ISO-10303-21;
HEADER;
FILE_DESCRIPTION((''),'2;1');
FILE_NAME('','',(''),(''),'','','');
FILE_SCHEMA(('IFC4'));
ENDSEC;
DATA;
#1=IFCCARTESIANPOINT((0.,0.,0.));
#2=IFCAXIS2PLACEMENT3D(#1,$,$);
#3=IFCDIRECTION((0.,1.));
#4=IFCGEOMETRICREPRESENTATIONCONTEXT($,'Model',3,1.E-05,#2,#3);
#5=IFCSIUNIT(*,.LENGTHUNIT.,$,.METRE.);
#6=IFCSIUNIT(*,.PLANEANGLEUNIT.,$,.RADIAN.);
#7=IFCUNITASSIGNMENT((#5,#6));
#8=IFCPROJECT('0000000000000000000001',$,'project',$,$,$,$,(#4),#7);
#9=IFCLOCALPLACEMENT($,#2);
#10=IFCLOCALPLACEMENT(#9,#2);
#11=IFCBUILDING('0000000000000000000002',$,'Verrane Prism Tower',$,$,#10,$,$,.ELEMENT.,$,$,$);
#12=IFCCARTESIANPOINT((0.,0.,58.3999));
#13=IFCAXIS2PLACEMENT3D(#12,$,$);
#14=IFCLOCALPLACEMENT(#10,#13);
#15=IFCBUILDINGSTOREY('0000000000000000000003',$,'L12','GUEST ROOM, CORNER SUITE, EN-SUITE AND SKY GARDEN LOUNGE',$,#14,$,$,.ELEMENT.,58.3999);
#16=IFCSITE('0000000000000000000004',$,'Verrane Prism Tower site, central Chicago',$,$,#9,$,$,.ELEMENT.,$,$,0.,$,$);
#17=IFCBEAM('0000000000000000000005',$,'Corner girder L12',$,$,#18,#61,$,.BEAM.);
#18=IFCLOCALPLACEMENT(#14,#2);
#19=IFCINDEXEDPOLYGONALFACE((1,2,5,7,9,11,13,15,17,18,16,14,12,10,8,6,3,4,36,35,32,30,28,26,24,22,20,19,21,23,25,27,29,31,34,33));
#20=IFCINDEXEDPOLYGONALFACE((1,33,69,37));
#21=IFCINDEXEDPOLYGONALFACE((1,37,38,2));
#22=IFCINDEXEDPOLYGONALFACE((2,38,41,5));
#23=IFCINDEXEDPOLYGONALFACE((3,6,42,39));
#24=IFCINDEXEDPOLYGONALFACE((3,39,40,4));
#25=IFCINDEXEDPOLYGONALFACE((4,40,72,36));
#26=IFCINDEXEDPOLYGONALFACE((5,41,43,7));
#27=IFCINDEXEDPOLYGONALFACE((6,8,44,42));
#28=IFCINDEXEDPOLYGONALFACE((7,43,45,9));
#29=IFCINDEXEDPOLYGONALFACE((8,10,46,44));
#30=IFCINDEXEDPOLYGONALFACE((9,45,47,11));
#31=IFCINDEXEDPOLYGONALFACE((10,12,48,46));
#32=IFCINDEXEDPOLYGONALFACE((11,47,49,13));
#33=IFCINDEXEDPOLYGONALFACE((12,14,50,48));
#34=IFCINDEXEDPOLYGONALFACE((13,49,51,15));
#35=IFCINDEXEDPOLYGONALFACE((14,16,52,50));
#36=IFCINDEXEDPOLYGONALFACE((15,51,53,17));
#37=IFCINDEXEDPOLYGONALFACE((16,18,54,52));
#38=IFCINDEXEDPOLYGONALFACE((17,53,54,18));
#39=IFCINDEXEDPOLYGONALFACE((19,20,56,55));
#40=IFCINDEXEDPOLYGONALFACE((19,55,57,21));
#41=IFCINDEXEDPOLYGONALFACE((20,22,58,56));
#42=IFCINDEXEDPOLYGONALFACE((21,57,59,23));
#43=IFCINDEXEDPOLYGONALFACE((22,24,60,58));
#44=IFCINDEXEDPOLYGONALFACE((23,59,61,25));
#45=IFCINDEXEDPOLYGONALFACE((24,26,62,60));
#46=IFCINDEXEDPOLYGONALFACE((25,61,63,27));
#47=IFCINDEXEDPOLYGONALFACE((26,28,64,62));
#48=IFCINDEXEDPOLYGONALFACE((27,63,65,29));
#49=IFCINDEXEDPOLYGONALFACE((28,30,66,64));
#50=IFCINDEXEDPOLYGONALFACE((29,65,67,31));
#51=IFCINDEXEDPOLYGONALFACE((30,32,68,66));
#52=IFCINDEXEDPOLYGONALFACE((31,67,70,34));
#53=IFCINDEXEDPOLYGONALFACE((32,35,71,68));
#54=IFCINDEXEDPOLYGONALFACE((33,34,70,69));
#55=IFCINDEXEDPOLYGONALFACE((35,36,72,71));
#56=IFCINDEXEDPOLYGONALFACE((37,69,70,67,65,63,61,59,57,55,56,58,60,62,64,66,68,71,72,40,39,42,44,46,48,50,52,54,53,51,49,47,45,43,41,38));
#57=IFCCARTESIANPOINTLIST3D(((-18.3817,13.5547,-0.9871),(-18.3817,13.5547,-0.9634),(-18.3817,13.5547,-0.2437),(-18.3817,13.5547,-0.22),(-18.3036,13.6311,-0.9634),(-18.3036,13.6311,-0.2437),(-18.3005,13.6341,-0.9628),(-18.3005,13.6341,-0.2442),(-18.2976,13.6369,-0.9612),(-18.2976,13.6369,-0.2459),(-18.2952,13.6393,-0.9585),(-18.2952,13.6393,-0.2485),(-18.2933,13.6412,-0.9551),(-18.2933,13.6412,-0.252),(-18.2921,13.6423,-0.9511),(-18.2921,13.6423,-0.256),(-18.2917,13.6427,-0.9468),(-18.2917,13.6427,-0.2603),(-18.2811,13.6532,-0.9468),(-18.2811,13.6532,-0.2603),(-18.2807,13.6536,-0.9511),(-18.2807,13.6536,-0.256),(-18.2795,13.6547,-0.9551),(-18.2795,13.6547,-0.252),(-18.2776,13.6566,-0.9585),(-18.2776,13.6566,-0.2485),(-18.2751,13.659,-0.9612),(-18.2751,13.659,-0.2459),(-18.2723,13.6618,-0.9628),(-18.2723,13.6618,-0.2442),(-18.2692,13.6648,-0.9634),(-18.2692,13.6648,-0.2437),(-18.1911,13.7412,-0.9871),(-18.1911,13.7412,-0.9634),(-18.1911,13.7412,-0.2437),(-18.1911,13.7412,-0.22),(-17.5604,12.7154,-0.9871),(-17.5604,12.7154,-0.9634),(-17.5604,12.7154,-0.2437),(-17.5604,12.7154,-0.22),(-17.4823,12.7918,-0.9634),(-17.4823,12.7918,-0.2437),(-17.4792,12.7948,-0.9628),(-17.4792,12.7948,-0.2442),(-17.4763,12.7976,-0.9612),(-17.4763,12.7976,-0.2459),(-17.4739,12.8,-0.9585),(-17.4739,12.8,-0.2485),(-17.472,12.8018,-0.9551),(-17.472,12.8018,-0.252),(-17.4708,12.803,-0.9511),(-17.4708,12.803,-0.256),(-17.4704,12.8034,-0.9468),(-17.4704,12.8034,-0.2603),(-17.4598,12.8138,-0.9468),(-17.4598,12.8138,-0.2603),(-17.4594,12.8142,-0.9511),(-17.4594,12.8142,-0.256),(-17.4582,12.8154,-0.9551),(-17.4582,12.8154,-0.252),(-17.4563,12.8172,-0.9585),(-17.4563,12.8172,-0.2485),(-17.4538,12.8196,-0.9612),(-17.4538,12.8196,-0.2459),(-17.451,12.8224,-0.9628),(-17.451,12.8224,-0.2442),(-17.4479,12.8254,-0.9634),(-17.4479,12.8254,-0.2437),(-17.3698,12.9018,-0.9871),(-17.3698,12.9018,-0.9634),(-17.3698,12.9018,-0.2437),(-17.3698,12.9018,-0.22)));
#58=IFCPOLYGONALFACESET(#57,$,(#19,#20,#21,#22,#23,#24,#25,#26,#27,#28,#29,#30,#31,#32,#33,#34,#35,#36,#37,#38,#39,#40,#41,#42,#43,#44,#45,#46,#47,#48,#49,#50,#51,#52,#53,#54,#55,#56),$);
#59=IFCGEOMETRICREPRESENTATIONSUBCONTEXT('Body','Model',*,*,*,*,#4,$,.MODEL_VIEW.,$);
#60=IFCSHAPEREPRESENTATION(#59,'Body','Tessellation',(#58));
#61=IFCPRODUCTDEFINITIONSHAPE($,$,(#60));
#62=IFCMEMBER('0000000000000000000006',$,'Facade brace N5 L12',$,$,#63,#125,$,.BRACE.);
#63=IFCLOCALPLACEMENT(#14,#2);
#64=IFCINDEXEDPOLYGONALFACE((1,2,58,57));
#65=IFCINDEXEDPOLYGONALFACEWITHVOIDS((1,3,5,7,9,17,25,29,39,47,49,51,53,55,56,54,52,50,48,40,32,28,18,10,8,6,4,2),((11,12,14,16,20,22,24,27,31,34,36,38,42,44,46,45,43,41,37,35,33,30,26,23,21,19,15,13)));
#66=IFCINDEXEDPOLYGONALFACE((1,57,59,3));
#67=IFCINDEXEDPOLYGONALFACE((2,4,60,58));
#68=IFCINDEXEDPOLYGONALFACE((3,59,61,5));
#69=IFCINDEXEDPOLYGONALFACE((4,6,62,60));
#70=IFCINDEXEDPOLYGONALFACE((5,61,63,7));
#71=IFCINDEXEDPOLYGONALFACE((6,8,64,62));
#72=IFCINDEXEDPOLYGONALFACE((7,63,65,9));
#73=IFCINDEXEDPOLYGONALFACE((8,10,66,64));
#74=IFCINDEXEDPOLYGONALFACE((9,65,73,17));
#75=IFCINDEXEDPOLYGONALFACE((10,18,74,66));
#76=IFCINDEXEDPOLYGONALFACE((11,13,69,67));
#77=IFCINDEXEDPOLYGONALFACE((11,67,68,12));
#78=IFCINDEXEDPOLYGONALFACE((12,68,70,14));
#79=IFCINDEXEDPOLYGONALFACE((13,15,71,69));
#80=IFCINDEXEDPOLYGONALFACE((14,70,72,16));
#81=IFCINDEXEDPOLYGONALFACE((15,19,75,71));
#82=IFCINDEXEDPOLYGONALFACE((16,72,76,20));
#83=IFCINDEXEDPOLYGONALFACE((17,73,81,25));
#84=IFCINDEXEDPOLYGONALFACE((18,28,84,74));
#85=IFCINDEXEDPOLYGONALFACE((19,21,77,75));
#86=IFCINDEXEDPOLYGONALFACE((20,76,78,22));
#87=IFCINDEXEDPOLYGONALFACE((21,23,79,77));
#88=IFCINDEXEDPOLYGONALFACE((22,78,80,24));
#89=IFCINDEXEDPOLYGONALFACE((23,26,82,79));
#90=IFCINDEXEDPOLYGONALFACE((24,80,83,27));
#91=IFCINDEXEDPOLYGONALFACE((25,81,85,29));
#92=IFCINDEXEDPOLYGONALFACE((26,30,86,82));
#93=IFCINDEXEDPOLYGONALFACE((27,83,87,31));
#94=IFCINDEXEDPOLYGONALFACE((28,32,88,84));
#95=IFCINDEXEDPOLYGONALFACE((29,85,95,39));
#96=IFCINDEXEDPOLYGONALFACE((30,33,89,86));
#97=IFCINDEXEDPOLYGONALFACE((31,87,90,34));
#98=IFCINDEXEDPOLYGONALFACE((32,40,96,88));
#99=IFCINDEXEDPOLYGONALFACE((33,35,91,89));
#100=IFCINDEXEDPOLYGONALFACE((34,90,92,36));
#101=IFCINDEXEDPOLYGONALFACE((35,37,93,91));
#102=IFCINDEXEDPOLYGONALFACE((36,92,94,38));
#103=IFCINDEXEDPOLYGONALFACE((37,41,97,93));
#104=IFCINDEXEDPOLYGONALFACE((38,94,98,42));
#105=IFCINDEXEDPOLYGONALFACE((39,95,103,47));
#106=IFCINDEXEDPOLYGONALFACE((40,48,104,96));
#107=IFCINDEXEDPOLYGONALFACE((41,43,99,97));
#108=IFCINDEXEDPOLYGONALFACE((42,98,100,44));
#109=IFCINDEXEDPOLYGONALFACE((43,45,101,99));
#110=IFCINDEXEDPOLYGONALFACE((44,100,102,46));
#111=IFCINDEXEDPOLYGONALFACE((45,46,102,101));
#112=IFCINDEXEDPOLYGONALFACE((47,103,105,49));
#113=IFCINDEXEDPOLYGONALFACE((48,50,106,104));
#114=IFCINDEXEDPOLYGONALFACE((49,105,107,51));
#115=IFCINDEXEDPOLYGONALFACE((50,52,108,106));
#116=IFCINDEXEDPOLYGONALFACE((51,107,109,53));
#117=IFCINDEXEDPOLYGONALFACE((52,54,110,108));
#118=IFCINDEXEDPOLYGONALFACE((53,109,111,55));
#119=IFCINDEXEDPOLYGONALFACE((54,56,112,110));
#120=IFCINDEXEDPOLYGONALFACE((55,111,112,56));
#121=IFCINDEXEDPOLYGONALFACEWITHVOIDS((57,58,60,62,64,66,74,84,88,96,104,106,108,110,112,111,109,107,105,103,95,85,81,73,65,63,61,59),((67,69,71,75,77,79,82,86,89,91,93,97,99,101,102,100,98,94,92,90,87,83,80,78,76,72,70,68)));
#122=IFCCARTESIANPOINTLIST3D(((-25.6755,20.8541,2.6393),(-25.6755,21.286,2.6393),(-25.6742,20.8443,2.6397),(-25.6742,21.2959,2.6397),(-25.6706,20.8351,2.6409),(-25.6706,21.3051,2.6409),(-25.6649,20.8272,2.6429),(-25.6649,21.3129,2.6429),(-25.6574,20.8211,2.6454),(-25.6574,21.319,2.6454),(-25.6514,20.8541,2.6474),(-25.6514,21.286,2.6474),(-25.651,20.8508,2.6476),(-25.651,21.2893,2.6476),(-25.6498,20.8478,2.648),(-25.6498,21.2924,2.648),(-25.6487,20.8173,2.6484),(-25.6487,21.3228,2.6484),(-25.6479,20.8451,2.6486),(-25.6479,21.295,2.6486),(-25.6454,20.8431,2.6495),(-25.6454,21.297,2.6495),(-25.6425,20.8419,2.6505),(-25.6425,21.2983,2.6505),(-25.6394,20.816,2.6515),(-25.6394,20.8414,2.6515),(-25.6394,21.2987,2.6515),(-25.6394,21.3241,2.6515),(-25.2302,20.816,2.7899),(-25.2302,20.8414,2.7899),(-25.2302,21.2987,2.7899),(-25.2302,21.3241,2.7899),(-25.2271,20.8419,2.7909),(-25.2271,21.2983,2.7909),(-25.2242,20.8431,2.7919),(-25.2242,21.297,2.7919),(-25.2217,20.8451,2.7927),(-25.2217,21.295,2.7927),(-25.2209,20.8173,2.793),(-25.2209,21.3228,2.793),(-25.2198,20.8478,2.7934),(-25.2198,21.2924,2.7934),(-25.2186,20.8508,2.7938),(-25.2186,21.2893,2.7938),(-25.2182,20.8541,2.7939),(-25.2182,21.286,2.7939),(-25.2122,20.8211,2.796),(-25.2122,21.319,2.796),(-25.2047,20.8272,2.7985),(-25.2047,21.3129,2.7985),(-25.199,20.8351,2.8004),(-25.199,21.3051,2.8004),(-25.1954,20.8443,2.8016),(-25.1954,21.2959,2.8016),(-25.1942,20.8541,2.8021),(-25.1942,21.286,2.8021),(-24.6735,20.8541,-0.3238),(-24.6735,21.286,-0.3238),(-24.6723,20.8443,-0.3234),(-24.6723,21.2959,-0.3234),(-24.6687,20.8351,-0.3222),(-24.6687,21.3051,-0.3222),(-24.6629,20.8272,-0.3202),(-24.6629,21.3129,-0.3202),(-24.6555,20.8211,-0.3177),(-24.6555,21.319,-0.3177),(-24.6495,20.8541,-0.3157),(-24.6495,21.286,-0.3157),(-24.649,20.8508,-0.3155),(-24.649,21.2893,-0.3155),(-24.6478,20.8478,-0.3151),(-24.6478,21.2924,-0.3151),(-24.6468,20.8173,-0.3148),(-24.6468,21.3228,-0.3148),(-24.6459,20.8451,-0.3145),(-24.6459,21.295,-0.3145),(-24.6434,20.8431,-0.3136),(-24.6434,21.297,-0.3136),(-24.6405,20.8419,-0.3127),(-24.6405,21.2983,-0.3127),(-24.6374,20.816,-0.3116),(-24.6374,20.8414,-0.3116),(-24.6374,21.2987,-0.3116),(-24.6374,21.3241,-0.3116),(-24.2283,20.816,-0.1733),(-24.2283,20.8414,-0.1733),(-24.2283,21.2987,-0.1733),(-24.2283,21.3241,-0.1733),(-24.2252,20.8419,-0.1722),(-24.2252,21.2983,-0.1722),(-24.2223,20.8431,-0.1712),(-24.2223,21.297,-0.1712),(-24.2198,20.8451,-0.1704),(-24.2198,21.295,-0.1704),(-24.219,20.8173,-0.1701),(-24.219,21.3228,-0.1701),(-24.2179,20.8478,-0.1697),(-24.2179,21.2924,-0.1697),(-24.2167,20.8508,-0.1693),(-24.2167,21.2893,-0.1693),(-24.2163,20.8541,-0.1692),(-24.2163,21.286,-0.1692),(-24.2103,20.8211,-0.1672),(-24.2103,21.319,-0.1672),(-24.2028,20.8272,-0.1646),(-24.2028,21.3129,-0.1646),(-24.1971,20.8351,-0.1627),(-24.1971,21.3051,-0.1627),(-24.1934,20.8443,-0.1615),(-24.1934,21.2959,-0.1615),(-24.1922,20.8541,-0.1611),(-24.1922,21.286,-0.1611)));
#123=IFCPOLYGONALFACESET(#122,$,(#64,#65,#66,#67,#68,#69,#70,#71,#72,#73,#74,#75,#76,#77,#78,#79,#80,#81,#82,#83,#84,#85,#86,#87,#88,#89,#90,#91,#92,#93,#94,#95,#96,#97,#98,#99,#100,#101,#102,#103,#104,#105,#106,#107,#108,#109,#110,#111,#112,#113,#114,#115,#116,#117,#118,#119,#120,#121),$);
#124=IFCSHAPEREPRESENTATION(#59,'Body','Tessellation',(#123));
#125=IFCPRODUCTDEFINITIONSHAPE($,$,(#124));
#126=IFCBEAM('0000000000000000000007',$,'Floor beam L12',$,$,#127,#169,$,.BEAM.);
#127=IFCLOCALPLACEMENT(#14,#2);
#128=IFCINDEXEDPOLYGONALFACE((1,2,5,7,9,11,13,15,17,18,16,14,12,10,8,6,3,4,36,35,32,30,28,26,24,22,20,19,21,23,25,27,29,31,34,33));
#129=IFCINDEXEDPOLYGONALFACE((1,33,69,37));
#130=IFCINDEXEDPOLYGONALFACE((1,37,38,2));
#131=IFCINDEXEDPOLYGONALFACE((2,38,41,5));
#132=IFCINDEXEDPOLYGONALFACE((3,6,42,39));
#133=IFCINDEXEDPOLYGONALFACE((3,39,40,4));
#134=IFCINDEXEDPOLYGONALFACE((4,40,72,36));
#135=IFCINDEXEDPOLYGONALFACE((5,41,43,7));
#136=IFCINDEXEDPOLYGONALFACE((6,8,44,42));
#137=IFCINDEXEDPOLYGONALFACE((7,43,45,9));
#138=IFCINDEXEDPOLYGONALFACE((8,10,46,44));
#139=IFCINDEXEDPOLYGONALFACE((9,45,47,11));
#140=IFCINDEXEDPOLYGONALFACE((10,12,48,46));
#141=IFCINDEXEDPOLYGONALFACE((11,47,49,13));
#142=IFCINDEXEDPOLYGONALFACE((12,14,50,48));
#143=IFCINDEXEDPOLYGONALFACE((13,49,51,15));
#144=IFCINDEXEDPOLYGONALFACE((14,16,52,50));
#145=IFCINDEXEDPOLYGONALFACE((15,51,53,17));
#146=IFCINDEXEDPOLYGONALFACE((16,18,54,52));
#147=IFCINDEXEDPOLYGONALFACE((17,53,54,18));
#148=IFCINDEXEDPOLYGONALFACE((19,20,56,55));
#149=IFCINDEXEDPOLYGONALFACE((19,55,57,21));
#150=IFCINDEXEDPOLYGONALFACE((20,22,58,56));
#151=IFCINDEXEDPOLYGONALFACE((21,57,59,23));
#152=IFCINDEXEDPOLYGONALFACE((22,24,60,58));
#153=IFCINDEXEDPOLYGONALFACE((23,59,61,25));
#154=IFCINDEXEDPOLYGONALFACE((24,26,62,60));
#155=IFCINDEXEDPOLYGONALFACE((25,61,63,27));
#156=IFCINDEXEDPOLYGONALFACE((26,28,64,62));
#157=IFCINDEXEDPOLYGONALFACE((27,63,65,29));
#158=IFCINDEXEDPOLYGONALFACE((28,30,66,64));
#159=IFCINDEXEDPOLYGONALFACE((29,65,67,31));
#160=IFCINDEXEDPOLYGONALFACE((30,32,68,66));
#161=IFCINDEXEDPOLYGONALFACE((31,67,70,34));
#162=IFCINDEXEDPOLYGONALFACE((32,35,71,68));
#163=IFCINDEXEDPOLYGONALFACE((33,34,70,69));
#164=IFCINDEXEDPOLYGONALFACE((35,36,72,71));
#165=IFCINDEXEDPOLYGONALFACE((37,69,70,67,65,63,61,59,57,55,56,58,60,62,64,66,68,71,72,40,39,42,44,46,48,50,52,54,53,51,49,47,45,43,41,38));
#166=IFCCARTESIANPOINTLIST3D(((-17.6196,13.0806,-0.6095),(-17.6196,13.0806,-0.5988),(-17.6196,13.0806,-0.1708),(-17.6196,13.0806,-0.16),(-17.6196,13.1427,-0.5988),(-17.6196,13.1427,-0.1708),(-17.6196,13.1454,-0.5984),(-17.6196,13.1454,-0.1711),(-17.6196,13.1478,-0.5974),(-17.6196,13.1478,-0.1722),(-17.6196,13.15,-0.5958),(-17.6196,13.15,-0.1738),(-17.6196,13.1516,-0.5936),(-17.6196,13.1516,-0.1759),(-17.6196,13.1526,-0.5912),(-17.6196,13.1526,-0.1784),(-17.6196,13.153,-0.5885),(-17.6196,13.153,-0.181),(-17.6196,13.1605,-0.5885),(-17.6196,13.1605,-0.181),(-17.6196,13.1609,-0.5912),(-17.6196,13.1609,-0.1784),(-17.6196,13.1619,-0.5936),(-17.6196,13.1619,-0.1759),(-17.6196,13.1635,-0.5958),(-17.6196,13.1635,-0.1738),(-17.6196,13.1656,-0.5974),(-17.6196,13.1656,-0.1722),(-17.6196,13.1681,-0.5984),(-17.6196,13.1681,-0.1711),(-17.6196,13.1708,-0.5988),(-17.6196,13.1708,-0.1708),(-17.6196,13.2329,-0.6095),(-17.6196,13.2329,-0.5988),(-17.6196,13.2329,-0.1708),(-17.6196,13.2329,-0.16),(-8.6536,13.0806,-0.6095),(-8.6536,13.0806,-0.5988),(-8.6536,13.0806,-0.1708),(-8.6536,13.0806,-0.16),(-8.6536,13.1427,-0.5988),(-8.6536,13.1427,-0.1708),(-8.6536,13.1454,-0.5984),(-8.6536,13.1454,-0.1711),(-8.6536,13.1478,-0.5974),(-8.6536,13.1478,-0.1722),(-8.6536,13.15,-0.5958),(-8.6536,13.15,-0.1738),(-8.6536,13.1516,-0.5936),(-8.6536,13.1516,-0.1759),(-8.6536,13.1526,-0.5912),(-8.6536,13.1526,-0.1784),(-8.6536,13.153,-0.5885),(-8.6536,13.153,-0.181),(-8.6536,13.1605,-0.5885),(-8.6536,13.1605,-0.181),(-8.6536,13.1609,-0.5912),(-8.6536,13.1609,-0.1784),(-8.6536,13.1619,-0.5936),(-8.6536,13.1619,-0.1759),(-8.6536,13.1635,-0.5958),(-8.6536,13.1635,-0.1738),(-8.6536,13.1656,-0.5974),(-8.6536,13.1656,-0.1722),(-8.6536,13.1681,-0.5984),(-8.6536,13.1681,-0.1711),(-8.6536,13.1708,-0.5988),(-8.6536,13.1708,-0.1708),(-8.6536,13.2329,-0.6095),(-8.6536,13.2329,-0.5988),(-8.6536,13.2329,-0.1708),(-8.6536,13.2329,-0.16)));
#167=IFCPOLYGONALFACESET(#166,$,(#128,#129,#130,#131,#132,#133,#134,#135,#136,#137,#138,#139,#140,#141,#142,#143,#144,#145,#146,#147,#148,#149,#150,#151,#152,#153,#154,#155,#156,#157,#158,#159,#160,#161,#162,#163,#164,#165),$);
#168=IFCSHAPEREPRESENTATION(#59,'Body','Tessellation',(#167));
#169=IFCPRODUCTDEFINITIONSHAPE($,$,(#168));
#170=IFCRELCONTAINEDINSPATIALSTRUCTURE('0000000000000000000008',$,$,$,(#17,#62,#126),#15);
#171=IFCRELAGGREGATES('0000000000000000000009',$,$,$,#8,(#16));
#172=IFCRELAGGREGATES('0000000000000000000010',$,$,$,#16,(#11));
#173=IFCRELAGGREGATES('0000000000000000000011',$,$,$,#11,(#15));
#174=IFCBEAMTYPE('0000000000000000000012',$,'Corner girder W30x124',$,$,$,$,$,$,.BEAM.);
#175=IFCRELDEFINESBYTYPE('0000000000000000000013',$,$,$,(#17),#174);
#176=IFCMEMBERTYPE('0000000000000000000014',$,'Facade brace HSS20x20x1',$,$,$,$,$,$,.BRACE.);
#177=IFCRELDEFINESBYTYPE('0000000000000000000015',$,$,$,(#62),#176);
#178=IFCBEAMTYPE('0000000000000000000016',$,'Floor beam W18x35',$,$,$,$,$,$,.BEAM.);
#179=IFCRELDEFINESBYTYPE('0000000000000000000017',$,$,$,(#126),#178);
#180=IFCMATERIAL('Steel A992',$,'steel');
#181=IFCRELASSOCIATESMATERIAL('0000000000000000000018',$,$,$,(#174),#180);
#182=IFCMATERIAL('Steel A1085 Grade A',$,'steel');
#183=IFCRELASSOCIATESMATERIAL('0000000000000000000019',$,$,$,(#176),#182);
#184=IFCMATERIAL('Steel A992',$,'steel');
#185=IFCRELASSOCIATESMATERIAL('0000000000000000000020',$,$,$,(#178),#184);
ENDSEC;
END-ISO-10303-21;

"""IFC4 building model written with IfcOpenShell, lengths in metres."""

from ifc_helpers import new_model, si_unit, direction, frame, origin, origin_2d, place, context, subcontext, project, spatial, hollow_rectangle, i_section, extrude, material, material_profile, profile_set, type_object, element, save


model = new_model("IFC4")

# Units and contexts
model_context = context("Model", 3, precision=1e-05, world=origin(), true_north=direction((0.0, 1.0)))
body_context = subcontext(model_context, "Body", "Model", "MODEL_VIEW")
ifc_project = project(units=[si_unit("LENGTHUNIT", "METRE"), si_unit("PLANEANGLEUNIT", "RADIAN")], contexts=[model_context])

# Site, building, storey
site_placement = place(None, origin())
site = spatial("IfcSite", under=ifc_project, at=site_placement, Name="Verrane Prism Tower site, central Chicago", CompositionType="ELEMENT", RefElevation=0.0)
building_placement = place(site_placement, origin())
building = spatial("IfcBuilding", under=site, at=building_placement, Name="Verrane Prism Tower", CompositionType="ELEMENT")
storey_placement = place(building_placement, frame((0.0, 0.0, 58.3999)))
storey = spatial("IfcBuildingStorey", under=building, at=storey_placement, Name="L12", Description="GUEST ROOM, CORNER SUITE, EN-SUITE AND SKY GARDEN LOUNGE", CompositionType="ELEMENT", Elevation=58.3999)

# Beam
ifc_material_1 = material(Name="Steel A992", Category="steel")
ifc_material_profile_1 = material_profile(ifc_material_1, i_section(OverallWidth=0.2666, OverallDepth=0.7671, WebThickness=0.0149, FlangeThickness=0.0237, FilletRadius=0.0166, at=origin_2d()), Name="W30x124")
ifc_profile_set_1 = profile_set([ifc_material_profile_1], Name="Steel A992")
beam_type_1 = type_object("IfcBeamType", Name="Corner girder W30x124", PredefinedType="BEAM", material=ifc_profile_set_1)
beam_1_placement = place(storey_placement, frame((-18.2864, 13.6479, -0.6035), z_axis=(0.699373, -0.714757, 0.0), x_axis=(0.714757, 0.699373, 0.0)))
element("IfcBeam", 1, at=beam_1_placement, inside=storey, type_object=beam_type_1, Name="Corner girder L12", PredefinedType="BEAM", context=body_context, shape_type="SweptSolid", body=[
    extrude(i_section(OverallWidth=0.2666, OverallDepth=0.7671, WebThickness=0.0149, FlangeThickness=0.0237, FilletRadius=0.0166, at=origin_2d()), origin(), (0.0, 0.0, 1.0), 1.1743),
])

# Member
ifc_material_2 = material(Name="Steel A1085 Grade A", Category="steel")
ifc_material_profile_2 = material_profile(ifc_material_2, hollow_rectangle(XDim=0.5081, YDim=0.5081, WallThickness=0.0254, InnerFilletRadius=0.0127, OuterFilletRadius=0.0381, at=origin_2d()), Name="HSS20x20x1")
ifc_profile_set_2 = profile_set([ifc_material_profile_2], Name="Steel A1085 Grade A")
member_type_1 = type_object("IfcMemberType", Name="Facade brace HSS20x20x1", PredefinedType="BRACE", material=ifc_profile_set_2)
member_1_placement = place(storey_placement, frame((-24.4329, 21.0701, -0.2424), z_axis=(-0.320323, 0.0, 0.947309), x_axis=(0.0, -1.0, 0.0)))
element("IfcMember", 2, at=member_1_placement, inside=storey, type_object=member_type_1, Name="Facade brace N5 L12", PredefinedType="BRACE", context=body_context, shape_type="SweptSolid", body=[
    extrude(hollow_rectangle(XDim=0.5081, YDim=0.5081, WallThickness=0.0254, InnerFilletRadius=0.0127, OuterFilletRadius=0.0381, at=origin_2d()), origin(), (0.0, 0.0, 1.0), 3.1279),
])

# Beam
ifc_material_3 = material(Name="Steel A992", Category="steel")
ifc_material_profile_3 = material_profile(ifc_material_3, i_section(OverallWidth=0.1523, OverallDepth=0.4495, WebThickness=0.0076, FlangeThickness=0.0107, FilletRadius=0.0103, at=origin_2d()), Name="W18x35")
ifc_profile_set_3 = profile_set([ifc_material_profile_3], Name="Steel A992")
beam_type_2 = type_object("IfcBeamType", Name="Floor beam W18x35", PredefinedType="BEAM", material=ifc_profile_set_3)
beam_2_placement = place(storey_placement, frame((-17.6196, 13.1567, -0.3848), z_axis=(1.0, 0.0, 0.0), x_axis=(0.0, 1.0, 0.0)))
element("IfcBeam", 3, at=beam_2_placement, inside=storey, type_object=beam_type_2, Name="Floor beam L12", PredefinedType="BEAM", context=body_context, shape_type="SweptSolid", body=[
    extrude(i_section(OverallWidth=0.1523, OverallDepth=0.4495, WebThickness=0.0076, FlangeThickness=0.0107, FilletRadius=0.0103, at=origin_2d()), origin(), (0.0, 0.0, 1.0), 8.9661),
])

save(model, "model.ifc")
